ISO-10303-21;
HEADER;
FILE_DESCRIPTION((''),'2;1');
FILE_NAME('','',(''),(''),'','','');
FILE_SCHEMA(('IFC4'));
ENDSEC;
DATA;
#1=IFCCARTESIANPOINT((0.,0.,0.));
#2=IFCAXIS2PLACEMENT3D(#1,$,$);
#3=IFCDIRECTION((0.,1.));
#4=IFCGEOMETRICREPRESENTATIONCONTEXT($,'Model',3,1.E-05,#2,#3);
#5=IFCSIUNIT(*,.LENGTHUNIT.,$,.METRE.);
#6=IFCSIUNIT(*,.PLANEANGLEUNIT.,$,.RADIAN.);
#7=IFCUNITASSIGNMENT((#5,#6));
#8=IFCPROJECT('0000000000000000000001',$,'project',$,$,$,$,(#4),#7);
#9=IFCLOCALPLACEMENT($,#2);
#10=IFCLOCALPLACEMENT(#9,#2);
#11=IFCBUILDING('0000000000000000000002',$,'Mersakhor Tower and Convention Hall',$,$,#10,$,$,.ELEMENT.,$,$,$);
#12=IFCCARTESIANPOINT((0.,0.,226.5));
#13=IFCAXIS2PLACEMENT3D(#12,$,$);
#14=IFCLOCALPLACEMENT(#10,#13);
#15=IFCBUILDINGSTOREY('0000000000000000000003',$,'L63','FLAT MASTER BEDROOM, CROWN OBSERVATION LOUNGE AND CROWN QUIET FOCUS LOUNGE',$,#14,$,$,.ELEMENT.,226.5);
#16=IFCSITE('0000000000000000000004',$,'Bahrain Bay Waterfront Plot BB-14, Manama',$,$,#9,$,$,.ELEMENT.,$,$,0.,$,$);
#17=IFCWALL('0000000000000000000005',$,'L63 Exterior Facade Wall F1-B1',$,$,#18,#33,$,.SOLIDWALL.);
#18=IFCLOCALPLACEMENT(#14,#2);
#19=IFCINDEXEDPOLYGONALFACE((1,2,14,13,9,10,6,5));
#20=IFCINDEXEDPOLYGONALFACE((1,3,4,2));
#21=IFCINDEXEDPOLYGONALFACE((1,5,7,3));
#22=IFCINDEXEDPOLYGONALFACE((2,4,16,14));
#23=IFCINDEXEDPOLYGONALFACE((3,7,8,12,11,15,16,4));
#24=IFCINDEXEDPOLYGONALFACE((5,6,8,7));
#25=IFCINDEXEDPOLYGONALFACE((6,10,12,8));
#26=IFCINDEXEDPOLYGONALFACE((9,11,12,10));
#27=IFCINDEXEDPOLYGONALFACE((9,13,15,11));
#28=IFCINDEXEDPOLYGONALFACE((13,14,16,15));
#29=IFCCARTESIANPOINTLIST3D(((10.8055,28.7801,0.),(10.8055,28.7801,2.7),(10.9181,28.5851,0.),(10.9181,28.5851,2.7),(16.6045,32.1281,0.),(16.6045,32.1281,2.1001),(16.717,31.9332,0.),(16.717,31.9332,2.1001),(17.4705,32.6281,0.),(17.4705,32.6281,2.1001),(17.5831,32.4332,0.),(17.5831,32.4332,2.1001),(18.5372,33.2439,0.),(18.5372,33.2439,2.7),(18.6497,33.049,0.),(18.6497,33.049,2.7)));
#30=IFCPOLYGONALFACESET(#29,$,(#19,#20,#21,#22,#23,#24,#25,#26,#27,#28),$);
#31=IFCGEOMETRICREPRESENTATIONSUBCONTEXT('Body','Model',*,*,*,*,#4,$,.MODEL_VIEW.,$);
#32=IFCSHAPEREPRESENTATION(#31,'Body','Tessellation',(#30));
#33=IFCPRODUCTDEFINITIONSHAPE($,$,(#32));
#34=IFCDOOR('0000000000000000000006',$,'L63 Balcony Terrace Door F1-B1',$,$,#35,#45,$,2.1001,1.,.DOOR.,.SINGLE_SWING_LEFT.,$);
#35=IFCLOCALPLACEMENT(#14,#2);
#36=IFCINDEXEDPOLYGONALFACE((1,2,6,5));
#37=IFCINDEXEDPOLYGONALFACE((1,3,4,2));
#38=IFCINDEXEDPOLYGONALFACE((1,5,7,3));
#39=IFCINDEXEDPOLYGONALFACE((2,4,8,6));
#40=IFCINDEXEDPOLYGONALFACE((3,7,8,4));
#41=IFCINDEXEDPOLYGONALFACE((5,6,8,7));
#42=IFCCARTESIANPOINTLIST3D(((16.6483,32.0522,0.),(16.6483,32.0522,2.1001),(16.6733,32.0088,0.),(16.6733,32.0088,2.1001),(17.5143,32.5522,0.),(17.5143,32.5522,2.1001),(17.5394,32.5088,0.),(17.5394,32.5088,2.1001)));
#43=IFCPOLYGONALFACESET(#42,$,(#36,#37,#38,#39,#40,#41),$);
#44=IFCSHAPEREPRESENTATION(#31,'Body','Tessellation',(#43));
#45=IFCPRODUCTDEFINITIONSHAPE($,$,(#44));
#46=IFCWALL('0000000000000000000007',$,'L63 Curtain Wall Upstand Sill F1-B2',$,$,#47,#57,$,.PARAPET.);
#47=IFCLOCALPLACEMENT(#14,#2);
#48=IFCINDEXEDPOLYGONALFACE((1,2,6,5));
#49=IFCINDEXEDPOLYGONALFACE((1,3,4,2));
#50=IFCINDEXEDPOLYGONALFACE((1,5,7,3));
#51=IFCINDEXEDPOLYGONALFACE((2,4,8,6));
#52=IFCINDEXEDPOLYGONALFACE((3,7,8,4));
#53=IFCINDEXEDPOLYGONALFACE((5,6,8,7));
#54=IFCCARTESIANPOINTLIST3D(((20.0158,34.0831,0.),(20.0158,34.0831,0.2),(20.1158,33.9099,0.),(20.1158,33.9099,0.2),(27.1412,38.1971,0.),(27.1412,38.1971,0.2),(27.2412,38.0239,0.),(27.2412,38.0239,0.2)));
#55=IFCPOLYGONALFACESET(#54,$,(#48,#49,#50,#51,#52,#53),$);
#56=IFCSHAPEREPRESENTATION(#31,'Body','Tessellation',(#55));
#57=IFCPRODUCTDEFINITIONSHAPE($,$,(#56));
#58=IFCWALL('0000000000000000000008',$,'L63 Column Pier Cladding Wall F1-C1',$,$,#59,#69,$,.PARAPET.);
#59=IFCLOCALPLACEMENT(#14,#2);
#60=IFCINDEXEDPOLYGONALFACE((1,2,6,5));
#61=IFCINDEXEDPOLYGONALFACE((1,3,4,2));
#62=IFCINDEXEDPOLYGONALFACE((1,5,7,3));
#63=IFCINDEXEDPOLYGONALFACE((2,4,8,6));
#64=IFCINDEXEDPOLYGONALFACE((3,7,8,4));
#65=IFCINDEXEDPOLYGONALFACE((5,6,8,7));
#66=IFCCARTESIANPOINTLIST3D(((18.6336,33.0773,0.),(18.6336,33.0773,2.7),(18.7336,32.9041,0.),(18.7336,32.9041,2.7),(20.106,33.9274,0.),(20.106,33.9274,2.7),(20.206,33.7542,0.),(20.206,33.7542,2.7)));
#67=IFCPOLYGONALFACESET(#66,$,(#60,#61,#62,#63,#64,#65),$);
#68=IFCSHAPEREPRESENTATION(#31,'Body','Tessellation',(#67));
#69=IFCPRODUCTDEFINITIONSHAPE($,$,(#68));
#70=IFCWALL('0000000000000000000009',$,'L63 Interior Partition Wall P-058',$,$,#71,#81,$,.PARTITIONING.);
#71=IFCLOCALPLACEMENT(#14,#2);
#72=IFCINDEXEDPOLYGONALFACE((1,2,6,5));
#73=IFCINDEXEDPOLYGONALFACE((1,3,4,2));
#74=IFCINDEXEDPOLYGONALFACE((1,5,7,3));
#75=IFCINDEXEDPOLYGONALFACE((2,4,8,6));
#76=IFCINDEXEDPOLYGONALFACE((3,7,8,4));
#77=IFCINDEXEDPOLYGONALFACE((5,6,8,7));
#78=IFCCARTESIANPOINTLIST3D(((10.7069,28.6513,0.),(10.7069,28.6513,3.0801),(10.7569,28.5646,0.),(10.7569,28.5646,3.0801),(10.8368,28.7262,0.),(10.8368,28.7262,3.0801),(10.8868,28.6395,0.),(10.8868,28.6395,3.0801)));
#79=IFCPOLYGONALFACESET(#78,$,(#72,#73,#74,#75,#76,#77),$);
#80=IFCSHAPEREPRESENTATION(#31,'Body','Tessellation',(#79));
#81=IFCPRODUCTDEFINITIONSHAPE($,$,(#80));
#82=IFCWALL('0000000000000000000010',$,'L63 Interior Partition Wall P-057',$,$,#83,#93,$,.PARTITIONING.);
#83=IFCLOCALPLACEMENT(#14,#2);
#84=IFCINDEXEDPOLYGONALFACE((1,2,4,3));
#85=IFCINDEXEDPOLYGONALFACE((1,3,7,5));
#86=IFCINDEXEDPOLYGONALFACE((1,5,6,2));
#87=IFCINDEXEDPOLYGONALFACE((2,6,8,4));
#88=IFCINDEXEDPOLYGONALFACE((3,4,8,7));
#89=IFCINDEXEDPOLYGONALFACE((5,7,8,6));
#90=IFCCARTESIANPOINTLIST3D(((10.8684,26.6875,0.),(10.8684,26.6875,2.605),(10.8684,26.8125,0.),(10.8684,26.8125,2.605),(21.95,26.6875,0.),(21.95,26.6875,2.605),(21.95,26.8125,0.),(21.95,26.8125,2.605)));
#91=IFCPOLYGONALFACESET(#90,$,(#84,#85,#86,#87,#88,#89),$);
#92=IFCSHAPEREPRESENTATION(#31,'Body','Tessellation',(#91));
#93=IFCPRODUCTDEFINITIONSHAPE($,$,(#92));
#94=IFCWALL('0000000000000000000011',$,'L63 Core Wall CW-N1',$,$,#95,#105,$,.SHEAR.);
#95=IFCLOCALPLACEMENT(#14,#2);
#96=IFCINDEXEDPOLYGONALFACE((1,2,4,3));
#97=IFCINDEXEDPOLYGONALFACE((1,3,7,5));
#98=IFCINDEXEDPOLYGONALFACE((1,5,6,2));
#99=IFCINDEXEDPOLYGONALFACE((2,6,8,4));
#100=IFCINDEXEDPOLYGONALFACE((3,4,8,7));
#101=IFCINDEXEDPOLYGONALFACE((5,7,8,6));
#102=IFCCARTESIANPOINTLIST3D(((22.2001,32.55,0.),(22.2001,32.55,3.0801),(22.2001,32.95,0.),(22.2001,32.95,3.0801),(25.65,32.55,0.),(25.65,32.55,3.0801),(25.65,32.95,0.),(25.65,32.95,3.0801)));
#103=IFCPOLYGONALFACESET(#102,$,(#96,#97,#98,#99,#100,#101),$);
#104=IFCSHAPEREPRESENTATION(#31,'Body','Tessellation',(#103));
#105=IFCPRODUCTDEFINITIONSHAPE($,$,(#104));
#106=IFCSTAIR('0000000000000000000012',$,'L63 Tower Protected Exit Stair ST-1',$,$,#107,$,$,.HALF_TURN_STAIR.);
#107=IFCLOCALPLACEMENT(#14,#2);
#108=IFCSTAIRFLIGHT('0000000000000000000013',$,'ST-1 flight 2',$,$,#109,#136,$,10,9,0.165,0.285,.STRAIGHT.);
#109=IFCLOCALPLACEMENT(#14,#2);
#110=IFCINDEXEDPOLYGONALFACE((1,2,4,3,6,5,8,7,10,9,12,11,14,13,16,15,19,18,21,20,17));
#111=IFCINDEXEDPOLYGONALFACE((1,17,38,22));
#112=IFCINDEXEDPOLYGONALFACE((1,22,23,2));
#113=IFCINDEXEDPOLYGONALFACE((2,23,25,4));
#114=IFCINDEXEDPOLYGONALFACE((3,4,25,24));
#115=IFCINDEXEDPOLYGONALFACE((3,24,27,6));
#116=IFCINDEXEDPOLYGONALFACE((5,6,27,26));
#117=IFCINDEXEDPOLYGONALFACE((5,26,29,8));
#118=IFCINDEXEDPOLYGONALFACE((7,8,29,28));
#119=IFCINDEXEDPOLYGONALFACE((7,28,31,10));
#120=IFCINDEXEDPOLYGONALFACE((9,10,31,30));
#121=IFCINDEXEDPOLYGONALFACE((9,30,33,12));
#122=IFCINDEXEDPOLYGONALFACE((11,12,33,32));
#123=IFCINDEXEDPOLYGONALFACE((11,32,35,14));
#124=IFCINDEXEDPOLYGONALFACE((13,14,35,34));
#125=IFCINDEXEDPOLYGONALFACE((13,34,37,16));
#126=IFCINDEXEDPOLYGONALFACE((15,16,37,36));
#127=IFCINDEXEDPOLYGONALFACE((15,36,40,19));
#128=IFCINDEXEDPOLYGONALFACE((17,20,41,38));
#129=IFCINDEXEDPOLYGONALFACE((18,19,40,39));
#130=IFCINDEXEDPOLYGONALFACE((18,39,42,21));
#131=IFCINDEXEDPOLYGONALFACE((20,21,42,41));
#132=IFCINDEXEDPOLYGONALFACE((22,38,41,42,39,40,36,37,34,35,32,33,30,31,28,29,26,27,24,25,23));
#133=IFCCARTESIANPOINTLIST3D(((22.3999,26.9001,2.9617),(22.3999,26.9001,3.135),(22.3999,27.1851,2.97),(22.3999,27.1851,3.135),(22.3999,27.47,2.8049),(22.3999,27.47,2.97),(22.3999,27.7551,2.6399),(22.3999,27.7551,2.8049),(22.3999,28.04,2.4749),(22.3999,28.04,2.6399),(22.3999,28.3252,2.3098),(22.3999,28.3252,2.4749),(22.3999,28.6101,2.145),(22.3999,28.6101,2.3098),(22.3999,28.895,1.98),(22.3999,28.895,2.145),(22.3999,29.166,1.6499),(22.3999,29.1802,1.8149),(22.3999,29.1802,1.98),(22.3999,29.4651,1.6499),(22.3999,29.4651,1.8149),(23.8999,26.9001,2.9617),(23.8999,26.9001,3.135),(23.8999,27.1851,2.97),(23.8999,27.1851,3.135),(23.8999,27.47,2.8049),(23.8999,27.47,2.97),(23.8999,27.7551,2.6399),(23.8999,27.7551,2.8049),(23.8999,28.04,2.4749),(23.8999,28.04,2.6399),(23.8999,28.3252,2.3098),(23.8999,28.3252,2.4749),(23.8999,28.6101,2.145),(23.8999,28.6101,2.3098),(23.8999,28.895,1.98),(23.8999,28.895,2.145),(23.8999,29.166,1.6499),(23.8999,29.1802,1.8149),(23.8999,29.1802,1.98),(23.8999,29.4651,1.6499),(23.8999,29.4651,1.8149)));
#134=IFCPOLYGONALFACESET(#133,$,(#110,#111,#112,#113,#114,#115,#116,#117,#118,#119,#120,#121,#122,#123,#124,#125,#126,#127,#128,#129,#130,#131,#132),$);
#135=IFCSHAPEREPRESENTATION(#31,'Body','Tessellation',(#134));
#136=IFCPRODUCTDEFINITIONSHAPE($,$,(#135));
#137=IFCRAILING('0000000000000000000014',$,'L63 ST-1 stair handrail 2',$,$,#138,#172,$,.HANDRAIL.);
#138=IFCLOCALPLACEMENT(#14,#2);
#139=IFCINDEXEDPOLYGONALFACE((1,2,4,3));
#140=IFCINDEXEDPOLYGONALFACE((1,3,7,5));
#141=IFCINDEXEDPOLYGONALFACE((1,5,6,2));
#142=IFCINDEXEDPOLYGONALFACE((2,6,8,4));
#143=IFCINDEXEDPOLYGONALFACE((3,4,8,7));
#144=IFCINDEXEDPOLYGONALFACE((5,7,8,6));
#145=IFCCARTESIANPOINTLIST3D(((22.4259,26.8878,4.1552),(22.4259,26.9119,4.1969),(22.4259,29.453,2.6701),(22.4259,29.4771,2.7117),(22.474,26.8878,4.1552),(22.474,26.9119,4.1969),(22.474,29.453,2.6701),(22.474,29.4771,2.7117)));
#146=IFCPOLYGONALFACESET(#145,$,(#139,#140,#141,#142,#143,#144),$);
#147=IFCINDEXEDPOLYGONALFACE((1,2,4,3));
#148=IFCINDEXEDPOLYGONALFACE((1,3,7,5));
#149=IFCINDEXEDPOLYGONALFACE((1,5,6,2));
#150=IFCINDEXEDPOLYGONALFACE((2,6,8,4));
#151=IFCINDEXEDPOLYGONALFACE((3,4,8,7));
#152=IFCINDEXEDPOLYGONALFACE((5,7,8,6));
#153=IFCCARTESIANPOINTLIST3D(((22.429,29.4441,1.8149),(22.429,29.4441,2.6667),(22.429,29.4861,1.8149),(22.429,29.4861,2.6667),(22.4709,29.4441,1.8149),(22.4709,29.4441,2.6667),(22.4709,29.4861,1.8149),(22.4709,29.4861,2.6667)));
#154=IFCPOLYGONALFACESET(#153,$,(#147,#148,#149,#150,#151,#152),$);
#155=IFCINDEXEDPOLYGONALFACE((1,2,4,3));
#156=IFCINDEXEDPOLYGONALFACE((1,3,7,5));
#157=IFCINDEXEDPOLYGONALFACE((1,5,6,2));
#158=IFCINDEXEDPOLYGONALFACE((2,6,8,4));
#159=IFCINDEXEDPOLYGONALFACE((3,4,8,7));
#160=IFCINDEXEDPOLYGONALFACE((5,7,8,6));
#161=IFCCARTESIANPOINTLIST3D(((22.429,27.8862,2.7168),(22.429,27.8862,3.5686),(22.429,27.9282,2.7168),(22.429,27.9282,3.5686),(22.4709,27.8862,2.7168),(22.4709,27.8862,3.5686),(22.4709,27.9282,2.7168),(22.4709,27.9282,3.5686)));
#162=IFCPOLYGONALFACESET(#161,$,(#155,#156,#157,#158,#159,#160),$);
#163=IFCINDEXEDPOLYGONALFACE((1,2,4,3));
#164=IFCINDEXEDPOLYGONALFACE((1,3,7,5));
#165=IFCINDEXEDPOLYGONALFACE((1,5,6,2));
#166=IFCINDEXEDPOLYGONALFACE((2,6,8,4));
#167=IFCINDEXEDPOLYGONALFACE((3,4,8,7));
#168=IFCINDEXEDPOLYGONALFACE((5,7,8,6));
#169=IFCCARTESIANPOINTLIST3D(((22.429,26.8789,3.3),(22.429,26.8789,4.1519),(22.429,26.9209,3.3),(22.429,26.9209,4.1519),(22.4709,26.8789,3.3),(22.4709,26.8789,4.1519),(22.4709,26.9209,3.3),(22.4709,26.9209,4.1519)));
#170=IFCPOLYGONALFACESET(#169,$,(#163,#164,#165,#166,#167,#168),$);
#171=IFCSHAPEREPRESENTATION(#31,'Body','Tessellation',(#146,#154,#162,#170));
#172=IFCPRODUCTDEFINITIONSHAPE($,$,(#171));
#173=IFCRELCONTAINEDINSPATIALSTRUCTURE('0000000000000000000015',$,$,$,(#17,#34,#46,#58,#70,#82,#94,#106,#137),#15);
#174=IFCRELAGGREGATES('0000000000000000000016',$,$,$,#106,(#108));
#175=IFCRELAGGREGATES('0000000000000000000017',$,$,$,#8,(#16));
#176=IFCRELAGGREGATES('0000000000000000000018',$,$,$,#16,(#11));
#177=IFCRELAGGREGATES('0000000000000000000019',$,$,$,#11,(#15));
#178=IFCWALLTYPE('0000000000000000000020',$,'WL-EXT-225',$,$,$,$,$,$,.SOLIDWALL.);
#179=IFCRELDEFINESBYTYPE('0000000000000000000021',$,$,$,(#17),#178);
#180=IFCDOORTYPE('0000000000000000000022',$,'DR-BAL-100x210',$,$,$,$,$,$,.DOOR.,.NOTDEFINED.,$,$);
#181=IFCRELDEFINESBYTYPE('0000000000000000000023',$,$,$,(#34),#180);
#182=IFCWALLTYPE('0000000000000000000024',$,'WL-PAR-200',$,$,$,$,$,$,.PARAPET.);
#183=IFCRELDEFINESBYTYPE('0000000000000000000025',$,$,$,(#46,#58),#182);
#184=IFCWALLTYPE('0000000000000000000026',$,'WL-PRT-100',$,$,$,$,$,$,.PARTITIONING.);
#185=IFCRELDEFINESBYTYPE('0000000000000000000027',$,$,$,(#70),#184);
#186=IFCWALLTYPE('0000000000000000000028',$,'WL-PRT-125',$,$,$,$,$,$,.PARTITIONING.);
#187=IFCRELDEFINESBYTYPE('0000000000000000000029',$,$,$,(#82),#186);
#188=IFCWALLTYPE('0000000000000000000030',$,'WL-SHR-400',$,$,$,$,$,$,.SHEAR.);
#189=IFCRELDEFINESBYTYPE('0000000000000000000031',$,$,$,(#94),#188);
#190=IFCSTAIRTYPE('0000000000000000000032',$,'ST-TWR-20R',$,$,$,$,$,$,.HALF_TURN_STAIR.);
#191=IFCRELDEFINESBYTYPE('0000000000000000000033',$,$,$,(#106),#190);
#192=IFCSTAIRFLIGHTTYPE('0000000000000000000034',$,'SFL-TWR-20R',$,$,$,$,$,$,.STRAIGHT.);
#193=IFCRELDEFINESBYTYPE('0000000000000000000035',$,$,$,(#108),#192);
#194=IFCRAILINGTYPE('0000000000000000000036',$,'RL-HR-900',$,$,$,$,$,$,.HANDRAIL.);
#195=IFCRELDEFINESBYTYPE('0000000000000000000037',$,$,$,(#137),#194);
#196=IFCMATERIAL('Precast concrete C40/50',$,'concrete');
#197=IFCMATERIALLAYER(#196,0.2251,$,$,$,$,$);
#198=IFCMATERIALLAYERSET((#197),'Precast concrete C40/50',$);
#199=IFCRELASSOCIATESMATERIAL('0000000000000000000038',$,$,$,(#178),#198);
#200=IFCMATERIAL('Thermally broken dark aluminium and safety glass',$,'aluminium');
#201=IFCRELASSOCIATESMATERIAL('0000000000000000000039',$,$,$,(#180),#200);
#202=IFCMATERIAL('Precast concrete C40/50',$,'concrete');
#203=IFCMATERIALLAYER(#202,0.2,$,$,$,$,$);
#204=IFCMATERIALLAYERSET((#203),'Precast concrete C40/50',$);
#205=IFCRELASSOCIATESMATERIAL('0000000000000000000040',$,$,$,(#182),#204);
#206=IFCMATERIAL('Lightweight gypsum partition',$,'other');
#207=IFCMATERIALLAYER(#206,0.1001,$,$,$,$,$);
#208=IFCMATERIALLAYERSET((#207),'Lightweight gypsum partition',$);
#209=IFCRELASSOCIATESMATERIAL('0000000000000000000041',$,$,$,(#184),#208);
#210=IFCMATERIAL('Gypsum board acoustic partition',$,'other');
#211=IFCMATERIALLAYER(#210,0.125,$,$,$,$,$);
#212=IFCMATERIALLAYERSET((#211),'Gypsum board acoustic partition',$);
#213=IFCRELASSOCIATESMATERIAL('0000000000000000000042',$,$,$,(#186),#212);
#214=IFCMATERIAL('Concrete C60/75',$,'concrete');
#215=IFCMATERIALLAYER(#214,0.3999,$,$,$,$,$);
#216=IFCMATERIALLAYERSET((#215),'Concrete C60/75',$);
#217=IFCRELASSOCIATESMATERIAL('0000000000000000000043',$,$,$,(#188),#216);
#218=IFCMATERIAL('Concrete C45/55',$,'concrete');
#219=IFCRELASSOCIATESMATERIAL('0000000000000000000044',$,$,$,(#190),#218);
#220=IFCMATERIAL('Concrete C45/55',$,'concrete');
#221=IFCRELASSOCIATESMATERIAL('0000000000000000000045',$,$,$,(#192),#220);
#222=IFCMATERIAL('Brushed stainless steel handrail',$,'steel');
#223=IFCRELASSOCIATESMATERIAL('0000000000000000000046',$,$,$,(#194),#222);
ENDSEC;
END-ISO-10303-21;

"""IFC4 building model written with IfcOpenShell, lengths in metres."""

from ifc_helpers import new_model, si_unit, direction, frame, frame_2d, origin, origin_2d, place, context, subcontext, project, spatial, polyline, rectangle, outline, extrude, material, layer, layer_set, type_object, element, fill, aggregate, save


model = new_model("IFC4")

# Units and contexts
model_context = context("Model", 3, precision=1e-05, world=origin(), true_north=direction((0.0, 1.0)))
body_context = subcontext(model_context, "Body", "Model", "MODEL_VIEW")
ifc_project = project(units=[si_unit("LENGTHUNIT", "METRE"), si_unit("PLANEANGLEUNIT", "RADIAN")], contexts=[model_context])

# Site, building, storey
site_placement = place(None, origin())
site = spatial("IfcSite", under=ifc_project, at=site_placement, Name="Bahrain Bay Waterfront Plot BB-14, Manama", CompositionType="ELEMENT", RefElevation=0.0)
building_placement = place(site_placement, origin())
building = spatial("IfcBuilding", under=site, at=building_placement, Name="Mersakhor Tower and Convention Hall", CompositionType="ELEMENT")
storey_placement = place(building_placement, frame((0.0, 0.0, 226.5)))
storey = spatial("IfcBuildingStorey", under=building, at=storey_placement, Name="L63", Description="FLAT MASTER BEDROOM, CROWN OBSERVATION LOUNGE AND CROWN QUIET FOCUS LOUNGE", CompositionType="ELEMENT", Elevation=226.5)

# Wall, opening, door
ifc_material_1 = material(Name="Precast concrete C40/50", Category="concrete")
ifc_layer_1 = layer(ifc_material_1, 0.2251)
ifc_layer_set_1 = layer_set([ifc_layer_1], Name="Precast concrete C40/50")
wall_type_1 = type_object("IfcWallType", Name="WL-EXT-225", PredefinedType="SOLIDWALL", material=ifc_layer_set_1)
wall_1_placement = place(storey_placement, frame((10.8618, 28.6826, 0.0), z_axis=(0.0, 0.0, 1.0), x_axis=(0.866027, 0.499998, 0.0)))
wall_1 = element("IfcWall", 1, at=wall_1_placement, inside=storey, type_object=wall_type_1, Name="L63 Exterior Facade Wall F1-B1", PredefinedType="SOLIDWALL", context=body_context, shape_type="SweptSolid", body=[
    extrude(rectangle(XDim=8.9277, YDim=0.2251, at=frame_2d((4.4639, 0.0))), origin(), (0.0, 0.0, 1.0), 2.7),
])
opening_placement = place(wall_1_placement, frame((6.696, 0.0, 0.0)))
opening = element("IfcOpeningElement", 2, at=opening_placement, cuts=wall_1, PredefinedType="OPENING", context=body_context, shape_type="SweptSolid", body=[
    extrude(rectangle(XDim=1.0, YDim=2.1001, at=frame_2d((0.5, 1.05))), frame((0.0, 0.1226, 0.0), z_axis=(0.0, -1.0, 0.0), x_axis=(1.0, 0.0, 0.0)), (0.0, 0.0, 1.0), 0.2451),
])
ifc_material_2 = material(Name="Thermally broken dark aluminium and safety glass", Category="aluminium")
door_type = type_object("IfcDoorType", Name="DR-BAL-100x210", OperationType="NOTDEFINED", PredefinedType="DOOR", material=ifc_material_2)
door_placement = place(opening_placement, origin())
door = element("IfcDoor", 3, at=door_placement, inside=storey, type_object=door_type, Name="L63 Balcony Terrace Door F1-B1", OperationType="SINGLE_SWING_LEFT", OverallHeight=2.1001, OverallWidth=1.0, PredefinedType="DOOR", context=body_context, shape_type="SweptSolid", body=[
    extrude(rectangle(XDim=1.0, YDim=2.1001, at=frame_2d((0.5, 1.05))), frame((0.0, 0.0249, 0.0), z_axis=(0.0, -1.0, 0.0), x_axis=(1.0, 0.0, 0.0)), (0.0, 0.0, 1.0), 0.05),
])
fill(opening, door)

# Walls
ifc_material_3 = material(Name="Precast concrete C40/50", Category="concrete")
ifc_layer_2 = layer(ifc_material_3, 0.2)
ifc_layer_set_2 = layer_set([ifc_layer_2], Name="Precast concrete C40/50")
wall_type_2 = type_object("IfcWallType", Name="WL-PAR-200", PredefinedType="PARAPET", material=ifc_layer_set_2)
wall_2_placement = place(storey_placement, frame((20.0659, 33.9966, 0.0), z_axis=(0.0, 0.0, 1.0), x_axis=(0.86602, 0.50001, 0.0)))
element("IfcWall", 4, at=wall_2_placement, inside=storey, type_object=wall_type_2, Name="L63 Curtain Wall Upstand Sill F1-B2", PredefinedType="PARAPET", context=body_context, shape_type="SweptSolid", body=[
    extrude(rectangle(XDim=8.2278, YDim=0.2, at=frame_2d((4.1138, 0.0))), origin(), (0.0, 0.0, 1.0), 0.2),
])
wall_3_placement = place(storey_placement, frame((18.6836, 32.9907, 0.0), z_axis=(0.0, 0.0, 1.0), x_axis=(0.866025, 0.5, 0.0)))
element("IfcWall", 5, at=wall_3_placement, inside=storey, type_object=wall_type_2, Name="L63 Column Pier Cladding Wall F1-C1", PredefinedType="PARAPET", context=body_context, shape_type="SweptSolid", body=[
    extrude(rectangle(XDim=1.7002, YDim=0.2, at=frame_2d((0.8501, 0.0))), origin(), (0.0, 0.0, 1.0), 2.7),
])
ifc_material_4 = material(Name="Lightweight gypsum partition", Category="other")
ifc_layer_3 = layer(ifc_material_4, 0.1001)
ifc_layer_set_3 = layer_set([ifc_layer_3], Name="Lightweight gypsum partition")
wall_type_3 = type_object("IfcWallType", Name="WL-PRT-100", PredefinedType="PARTITIONING", material=ifc_layer_set_3)
wall_4_placement = place(storey_placement, frame((10.7319, 28.6079, 0.0), z_axis=(0.0, 0.0, 1.0), x_axis=(0.866131, 0.499816, 0.0)))
element("IfcWall", 6, at=wall_4_placement, inside=storey, type_object=wall_type_3, Name="L63 Interior Partition Wall P-058", PredefinedType="PARTITIONING", context=body_context, shape_type="SweptSolid", body=[
    extrude(rectangle(XDim=0.1499, YDim=0.1001, at=frame_2d((0.075, 0.0))), origin(), (0.0, 0.0, 1.0), 3.0801),
])
ifc_material_5 = material(Name="Gypsum board acoustic partition", Category="other")
ifc_layer_4 = layer(ifc_material_5, 0.125)
ifc_layer_set_4 = layer_set([ifc_layer_4], Name="Gypsum board acoustic partition")
wall_type_4 = type_object("IfcWallType", Name="WL-PRT-125", PredefinedType="PARTITIONING", material=ifc_layer_set_4)
wall_5_placement = place(storey_placement, frame((21.95, 26.75, 0.0), z_axis=(0.0, 0.0, 1.0), x_axis=(-1.0, 0.0, 0.0)))
element("IfcWall", 7, at=wall_5_placement, inside=storey, type_object=wall_type_4, Name="L63 Interior Partition Wall P-057", PredefinedType="PARTITIONING", context=body_context, shape_type="SweptSolid", body=[
    extrude(rectangle(XDim=11.0815, YDim=0.125, at=frame_2d((5.5408, 0.0))), origin(), (0.0, 0.0, 1.0), 2.605),
])
ifc_material_6 = material(Name="Concrete C60/75", Category="concrete")
ifc_layer_5 = layer(ifc_material_6, 0.3999)
ifc_layer_set_5 = layer_set([ifc_layer_5], Name="Concrete C60/75")
wall_type_5 = type_object("IfcWallType", Name="WL-SHR-400", PredefinedType="SHEAR", material=ifc_layer_set_5)
wall_6_placement = place(storey_placement, frame((22.2, 32.75, 0.0), z_axis=(0.0, 0.0, 1.0), x_axis=(1.0, 0.0, 0.0)))
element("IfcWall", 8, at=wall_6_placement, inside=storey, type_object=wall_type_5, Name="L63 Core Wall CW-N1", PredefinedType="SHEAR", context=body_context, shape_type="SweptSolid", body=[
    extrude(rectangle(XDim=3.45, YDim=0.3999, at=frame_2d((1.7251, 0.0))), origin(), (0.0, 0.0, 1.0), 3.0801),
])

# Stair, stair flight
ifc_material_7 = material(Name="Concrete C45/55", Category="concrete")
stair_type = type_object("IfcStairType", Name="ST-TWR-20R", PredefinedType="HALF_TURN_STAIR", material=ifc_material_7)
stair_placement = place(storey_placement, origin())
stair = element("IfcStair", 9, at=stair_placement, inside=storey, type_object=stair_type, Name="L63 Tower Protected Exit Stair ST-1", PredefinedType="HALF_TURN_STAIR")
ifc_material_8 = material(Name="Concrete C45/55", Category="concrete")
stair_flight_type = type_object("IfcStairFlightType", Name="SFL-TWR-20R", PredefinedType="STRAIGHT", material=ifc_material_8)
stair_flight_placement = place(storey_placement, frame((23.1499, 29.4651, 1.6499), z_axis=(0.0, 0.0, 1.0), x_axis=(0.0, -1.0, 0.0)))
stair_flight = element("IfcStairFlight", 10, at=stair_flight_placement, type_object=stair_flight_type, Name="ST-1 flight 2", NumberOfRisers=10, NumberOfTreads=9, PredefinedType="STRAIGHT", RiserHeight=0.165, TreadLength=0.285, context=body_context, shape_type="SweptSolid", body=[
    extrude(outline(polyline([(0.0, 0.0), (0.0, 0.165), (0.2849, 0.165), (0.2849, 0.3301), (0.5701, 0.3301), (0.5701, 0.4951), (0.855, 0.4951), (0.855, 0.6599), (1.1399, 0.6599), (1.1399, 0.825), (1.425, 0.825), (1.425, 0.99), (1.71, 0.99), (1.71, 1.155), (1.9951, 1.155), (1.9951, 1.3201), (2.28, 1.3201), (2.28, 1.4851), (2.5649, 1.4851), (2.5649, 1.6499), (2.5649, 1.3118), (0.2991, 0.0), (0.0, 0.0)])), frame((0.0, 0.75, 0.0), z_axis=(0.0, -1.0, 0.0), x_axis=(1.0, 0.0, 0.0)), (0.0, 0.0, 1.0), 1.5),
])
aggregate(stair, [stair_flight])

# Railing
ifc_material_9 = material(Name="Brushed stainless steel handrail", Category="steel")
railing_type = type_object("IfcRailingType", Name="RL-HR-900", PredefinedType="HANDRAIL", material=ifc_material_9)
railing_placement = place(storey_placement, frame((22.45, 29.4651, 1.8149)))
element("IfcRailing", 11, at=railing_placement, inside=storey, type_object=railing_type, Name="L63 ST-1 stair handrail 2", PredefinedType="HANDRAIL", context=body_context, shape_type="SweptSolid", body=[
    extrude(rectangle(XDim=0.0481, YDim=0.0481, at=origin_2d()), frame((0.0, 0.0, 0.876), z_axis=(0.0, -0.865426, 0.501036), x_axis=(1.0, 0.0, 0.0)), (0.0, 0.0, 1.0), 2.9641),
    extrude(rectangle(XDim=0.042, YDim=0.042, at=origin_2d()), origin(), (0.0, 0.0, 1.0), 0.8518),
    extrude(rectangle(XDim=0.042, YDim=0.042, at=origin_2d()), frame((0.0, -1.5579, 0.9019)), (0.0, 0.0, 1.0), 0.8518),
    extrude(rectangle(XDim=0.042, YDim=0.042, at=origin_2d()), frame((0.0, -2.5652, 1.4851)), (0.0, 0.0, 1.0), 0.8518),
])

save(model, "model.ifc")
